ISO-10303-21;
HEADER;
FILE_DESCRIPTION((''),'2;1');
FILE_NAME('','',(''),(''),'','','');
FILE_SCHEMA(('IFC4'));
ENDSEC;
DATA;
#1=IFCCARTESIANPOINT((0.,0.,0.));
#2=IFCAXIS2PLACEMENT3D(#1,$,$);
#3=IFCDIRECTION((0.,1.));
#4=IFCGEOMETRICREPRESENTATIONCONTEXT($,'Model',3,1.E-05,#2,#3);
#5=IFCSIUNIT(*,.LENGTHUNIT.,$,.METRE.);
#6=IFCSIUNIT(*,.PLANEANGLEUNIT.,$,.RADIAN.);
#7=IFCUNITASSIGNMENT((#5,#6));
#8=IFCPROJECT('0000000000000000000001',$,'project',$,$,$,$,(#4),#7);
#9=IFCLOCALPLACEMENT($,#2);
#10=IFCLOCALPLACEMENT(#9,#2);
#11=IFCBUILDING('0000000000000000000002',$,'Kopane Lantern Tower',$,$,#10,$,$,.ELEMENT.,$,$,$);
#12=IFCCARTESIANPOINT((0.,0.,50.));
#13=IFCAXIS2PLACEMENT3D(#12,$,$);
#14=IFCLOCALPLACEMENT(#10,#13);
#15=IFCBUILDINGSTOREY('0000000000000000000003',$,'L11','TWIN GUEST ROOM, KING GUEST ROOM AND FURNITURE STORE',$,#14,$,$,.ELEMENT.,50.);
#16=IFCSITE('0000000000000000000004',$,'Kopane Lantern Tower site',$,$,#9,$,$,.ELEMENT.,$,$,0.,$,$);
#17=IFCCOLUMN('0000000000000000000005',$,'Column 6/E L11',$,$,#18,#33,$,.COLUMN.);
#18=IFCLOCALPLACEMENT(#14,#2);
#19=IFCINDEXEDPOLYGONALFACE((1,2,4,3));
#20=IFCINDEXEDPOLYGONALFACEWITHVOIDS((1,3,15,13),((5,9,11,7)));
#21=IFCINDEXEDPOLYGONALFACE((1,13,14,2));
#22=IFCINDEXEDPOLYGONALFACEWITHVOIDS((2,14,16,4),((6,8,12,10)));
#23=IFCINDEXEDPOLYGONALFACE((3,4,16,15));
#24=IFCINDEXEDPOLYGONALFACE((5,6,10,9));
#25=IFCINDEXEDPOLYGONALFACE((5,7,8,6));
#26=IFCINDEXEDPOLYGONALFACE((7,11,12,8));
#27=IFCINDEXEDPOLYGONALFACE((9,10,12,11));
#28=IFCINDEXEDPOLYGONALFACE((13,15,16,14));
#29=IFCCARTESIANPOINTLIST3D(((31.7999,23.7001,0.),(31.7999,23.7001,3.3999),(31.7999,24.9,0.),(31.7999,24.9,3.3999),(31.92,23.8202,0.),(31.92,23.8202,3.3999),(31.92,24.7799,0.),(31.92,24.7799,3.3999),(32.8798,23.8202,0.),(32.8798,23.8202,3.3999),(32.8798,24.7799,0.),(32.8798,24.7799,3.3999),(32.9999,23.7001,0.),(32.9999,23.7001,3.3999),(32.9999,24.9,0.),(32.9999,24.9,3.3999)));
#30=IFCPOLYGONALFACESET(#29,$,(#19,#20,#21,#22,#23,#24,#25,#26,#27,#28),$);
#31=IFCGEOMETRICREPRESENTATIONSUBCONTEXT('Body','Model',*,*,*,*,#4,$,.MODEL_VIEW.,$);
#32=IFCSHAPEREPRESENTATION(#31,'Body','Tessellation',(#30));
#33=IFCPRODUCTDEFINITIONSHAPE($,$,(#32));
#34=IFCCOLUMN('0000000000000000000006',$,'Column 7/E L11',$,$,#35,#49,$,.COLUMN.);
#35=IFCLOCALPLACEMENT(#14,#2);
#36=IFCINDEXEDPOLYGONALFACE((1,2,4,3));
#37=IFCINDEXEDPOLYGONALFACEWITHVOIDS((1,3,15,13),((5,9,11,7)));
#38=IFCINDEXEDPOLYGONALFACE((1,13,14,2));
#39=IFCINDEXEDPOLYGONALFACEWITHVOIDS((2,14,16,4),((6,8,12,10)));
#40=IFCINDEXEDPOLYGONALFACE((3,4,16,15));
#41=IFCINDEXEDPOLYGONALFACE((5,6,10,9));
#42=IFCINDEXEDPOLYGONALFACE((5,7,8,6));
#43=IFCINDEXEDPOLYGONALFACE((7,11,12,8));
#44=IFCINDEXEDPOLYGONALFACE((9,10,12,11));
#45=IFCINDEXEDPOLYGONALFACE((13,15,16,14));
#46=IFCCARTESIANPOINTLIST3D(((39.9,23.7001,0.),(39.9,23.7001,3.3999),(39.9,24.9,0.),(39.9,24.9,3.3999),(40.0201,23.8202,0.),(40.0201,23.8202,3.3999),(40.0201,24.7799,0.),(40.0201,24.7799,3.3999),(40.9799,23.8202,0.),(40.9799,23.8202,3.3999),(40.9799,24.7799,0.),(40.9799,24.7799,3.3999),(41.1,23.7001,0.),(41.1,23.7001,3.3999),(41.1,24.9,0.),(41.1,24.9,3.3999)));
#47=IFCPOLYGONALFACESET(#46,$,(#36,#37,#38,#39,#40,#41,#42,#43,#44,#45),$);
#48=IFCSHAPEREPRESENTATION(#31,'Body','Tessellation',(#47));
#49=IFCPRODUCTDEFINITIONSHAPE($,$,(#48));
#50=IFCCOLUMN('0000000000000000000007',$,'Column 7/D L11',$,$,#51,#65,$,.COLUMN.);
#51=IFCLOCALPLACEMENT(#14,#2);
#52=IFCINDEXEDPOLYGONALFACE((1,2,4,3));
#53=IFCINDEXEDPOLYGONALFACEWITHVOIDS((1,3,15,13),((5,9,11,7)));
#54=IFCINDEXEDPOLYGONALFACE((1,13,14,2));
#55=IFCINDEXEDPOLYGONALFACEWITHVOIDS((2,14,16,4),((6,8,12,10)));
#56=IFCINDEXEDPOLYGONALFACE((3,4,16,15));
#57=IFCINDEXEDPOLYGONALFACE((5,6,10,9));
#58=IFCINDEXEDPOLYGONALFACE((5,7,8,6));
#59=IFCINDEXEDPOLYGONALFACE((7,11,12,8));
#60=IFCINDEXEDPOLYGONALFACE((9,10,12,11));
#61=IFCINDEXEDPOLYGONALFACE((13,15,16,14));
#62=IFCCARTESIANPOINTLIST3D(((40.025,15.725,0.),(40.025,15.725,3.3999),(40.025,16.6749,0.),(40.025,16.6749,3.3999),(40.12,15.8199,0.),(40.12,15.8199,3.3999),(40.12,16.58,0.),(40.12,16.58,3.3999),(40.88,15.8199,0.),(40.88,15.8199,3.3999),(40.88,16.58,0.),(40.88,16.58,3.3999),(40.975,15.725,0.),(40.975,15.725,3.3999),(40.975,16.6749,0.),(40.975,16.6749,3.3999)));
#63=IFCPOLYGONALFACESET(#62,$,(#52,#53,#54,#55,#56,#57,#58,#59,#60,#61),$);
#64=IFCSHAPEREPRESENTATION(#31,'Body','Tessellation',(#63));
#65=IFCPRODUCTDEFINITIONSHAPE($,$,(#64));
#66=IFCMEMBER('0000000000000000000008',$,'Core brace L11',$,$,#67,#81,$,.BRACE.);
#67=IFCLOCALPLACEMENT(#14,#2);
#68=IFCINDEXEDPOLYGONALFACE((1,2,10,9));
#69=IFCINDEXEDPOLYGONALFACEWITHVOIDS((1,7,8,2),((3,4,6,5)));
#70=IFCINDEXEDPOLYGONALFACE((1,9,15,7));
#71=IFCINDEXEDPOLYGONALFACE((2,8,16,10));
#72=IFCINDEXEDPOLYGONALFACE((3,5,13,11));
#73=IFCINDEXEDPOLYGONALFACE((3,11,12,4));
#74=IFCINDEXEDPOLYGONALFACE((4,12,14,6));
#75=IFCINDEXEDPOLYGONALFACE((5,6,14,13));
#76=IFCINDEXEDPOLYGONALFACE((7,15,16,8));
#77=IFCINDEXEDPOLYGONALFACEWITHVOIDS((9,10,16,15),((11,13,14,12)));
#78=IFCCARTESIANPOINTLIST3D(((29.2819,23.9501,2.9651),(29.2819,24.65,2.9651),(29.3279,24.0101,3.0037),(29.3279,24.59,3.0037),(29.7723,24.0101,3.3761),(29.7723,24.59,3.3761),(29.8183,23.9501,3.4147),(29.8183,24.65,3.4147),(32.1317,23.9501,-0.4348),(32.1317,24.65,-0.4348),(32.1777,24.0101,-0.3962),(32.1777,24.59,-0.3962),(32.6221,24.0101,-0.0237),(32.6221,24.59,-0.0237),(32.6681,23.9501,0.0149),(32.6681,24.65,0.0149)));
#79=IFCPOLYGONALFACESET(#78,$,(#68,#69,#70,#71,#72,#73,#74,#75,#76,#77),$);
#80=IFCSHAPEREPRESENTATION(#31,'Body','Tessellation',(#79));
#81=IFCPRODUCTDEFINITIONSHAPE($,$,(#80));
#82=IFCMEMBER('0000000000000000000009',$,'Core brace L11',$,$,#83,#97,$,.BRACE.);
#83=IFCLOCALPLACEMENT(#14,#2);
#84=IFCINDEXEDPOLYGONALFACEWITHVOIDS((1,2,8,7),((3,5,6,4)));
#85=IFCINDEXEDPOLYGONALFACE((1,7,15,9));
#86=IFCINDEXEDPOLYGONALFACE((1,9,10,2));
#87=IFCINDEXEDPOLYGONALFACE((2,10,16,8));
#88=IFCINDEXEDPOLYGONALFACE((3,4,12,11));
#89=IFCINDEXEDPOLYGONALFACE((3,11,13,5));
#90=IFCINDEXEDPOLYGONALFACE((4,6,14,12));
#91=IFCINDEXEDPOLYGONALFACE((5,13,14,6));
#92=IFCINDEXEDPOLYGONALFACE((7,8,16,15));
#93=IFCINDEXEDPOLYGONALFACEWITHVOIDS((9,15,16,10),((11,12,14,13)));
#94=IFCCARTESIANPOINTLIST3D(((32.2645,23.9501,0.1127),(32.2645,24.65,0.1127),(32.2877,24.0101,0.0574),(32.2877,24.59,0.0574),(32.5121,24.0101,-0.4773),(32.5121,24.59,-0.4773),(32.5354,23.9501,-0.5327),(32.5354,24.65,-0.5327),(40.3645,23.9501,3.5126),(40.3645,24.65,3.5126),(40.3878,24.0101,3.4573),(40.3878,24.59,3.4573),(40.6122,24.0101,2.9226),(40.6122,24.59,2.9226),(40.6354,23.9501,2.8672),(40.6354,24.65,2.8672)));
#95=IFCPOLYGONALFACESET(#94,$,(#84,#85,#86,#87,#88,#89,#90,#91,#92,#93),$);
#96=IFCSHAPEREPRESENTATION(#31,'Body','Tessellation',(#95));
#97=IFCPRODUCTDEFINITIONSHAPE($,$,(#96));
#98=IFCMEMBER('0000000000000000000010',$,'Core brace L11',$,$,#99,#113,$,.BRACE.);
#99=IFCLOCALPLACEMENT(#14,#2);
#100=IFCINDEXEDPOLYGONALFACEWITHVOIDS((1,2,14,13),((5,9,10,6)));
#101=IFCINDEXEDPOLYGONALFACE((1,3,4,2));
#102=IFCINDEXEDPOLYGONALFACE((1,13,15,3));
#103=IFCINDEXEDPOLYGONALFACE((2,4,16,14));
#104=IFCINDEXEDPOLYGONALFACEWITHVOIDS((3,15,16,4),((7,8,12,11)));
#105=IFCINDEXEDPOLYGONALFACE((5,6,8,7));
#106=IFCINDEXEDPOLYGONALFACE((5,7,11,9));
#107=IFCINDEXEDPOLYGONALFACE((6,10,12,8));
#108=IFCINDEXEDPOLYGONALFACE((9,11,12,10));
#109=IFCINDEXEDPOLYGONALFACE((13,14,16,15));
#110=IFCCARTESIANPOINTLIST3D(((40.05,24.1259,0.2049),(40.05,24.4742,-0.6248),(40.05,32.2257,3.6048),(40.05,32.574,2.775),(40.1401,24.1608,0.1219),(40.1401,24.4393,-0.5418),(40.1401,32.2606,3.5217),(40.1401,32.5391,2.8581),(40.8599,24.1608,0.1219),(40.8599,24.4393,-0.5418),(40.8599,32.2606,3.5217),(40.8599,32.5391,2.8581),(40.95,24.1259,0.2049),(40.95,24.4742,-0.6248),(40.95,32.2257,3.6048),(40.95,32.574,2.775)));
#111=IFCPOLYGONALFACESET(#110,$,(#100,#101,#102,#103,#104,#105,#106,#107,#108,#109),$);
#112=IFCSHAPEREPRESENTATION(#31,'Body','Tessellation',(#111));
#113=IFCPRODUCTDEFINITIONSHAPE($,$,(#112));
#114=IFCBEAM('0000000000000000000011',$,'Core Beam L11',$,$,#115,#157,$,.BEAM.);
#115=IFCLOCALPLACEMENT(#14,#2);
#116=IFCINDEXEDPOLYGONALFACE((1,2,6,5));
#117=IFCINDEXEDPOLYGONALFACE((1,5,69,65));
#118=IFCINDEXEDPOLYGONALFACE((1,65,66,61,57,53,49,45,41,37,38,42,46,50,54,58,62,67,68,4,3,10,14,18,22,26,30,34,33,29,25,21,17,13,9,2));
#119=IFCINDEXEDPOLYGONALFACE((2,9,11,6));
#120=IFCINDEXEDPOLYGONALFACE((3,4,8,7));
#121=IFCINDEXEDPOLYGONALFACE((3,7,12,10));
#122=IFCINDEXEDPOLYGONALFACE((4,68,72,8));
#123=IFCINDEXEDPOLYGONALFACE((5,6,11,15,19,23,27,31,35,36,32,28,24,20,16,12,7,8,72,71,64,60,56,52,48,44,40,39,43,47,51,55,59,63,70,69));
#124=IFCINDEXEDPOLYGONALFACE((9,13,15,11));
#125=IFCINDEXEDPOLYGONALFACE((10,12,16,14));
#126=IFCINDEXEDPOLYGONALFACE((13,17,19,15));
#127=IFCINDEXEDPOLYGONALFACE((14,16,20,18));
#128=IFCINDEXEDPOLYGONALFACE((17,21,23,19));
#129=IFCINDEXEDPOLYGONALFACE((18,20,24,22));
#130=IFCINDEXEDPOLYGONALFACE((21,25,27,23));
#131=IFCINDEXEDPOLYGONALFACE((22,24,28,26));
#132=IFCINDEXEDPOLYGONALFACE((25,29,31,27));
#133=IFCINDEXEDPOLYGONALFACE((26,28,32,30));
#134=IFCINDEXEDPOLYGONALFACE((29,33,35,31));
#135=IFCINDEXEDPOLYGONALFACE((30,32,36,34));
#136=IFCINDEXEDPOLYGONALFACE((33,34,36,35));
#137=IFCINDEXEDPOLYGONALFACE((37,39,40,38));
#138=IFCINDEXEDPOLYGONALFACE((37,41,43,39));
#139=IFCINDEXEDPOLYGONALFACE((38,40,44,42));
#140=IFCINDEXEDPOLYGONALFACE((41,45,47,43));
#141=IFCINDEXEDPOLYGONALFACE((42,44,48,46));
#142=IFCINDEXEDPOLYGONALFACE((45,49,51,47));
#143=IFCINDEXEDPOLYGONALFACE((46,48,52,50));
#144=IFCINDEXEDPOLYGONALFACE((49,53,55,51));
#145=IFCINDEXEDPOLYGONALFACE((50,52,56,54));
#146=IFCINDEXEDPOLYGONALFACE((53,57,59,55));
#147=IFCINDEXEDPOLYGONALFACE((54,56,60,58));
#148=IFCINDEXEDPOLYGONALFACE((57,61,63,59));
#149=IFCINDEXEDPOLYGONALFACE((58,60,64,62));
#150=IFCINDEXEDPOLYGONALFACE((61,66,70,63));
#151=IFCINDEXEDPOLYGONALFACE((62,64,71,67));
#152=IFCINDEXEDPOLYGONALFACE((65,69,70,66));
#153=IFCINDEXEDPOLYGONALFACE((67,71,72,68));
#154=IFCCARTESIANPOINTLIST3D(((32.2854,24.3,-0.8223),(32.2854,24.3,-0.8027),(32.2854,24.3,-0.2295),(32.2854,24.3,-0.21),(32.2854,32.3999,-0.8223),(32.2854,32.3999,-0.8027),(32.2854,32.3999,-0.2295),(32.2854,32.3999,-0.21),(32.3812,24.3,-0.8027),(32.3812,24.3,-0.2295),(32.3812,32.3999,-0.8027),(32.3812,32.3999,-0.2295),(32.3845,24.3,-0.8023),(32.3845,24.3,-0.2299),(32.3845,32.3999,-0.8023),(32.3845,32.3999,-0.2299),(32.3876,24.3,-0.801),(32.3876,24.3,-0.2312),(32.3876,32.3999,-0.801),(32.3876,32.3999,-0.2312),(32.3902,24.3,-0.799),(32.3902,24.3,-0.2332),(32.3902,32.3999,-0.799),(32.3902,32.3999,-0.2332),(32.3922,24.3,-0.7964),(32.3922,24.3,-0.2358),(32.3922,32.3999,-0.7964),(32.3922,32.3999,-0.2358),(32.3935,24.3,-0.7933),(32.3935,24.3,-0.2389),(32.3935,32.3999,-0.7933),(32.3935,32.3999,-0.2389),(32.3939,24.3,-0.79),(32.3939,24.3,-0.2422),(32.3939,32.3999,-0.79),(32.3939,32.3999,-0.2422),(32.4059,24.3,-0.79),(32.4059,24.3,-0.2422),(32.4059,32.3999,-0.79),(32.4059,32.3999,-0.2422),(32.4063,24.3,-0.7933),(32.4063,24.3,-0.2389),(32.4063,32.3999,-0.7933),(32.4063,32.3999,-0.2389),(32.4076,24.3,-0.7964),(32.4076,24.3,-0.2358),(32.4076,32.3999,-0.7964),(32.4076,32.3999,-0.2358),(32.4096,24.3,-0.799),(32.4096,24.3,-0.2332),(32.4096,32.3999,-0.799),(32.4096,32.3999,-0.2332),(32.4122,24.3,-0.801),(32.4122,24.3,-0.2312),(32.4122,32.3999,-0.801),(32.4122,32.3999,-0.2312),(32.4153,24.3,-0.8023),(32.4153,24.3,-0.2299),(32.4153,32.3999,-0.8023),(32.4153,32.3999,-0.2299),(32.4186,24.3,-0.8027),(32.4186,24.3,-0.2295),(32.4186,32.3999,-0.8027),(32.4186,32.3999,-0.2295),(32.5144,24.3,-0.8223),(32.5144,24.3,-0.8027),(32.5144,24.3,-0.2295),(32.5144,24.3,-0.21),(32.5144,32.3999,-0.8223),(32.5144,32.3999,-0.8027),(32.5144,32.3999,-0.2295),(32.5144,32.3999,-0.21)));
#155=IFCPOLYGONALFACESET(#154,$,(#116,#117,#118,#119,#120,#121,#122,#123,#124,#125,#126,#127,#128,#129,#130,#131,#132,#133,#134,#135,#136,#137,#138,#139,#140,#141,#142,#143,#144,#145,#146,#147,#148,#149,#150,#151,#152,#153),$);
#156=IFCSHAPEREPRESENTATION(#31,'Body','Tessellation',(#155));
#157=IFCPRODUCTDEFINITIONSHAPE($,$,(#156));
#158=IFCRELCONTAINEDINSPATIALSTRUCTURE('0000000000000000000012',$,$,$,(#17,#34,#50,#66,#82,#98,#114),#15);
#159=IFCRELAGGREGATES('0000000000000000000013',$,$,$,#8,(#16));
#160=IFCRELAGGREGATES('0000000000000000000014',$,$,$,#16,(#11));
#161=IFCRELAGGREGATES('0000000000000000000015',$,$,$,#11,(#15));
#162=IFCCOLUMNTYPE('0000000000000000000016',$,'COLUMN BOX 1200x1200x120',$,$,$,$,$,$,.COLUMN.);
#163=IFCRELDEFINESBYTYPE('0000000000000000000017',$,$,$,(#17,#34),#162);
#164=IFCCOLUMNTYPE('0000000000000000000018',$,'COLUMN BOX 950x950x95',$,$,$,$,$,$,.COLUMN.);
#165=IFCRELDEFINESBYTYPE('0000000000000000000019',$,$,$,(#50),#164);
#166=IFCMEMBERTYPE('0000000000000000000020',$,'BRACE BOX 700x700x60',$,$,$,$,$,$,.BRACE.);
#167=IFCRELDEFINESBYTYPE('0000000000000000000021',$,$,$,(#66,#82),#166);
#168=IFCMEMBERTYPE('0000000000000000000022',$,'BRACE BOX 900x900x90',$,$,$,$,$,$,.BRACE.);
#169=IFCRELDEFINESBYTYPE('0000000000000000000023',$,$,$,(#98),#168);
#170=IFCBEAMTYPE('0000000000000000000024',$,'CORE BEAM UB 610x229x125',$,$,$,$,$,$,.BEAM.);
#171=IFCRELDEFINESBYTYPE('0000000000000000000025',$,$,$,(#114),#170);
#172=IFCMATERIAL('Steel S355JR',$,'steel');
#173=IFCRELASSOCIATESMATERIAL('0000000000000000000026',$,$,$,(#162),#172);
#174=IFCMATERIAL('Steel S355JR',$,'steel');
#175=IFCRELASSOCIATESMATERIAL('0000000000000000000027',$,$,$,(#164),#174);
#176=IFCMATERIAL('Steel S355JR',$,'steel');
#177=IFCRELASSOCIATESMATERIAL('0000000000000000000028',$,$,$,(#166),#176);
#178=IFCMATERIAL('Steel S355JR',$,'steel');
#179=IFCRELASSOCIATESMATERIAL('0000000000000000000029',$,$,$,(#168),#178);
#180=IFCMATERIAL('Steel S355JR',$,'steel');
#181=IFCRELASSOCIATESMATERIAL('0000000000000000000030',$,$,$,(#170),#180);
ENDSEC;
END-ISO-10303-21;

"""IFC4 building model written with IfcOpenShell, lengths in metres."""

from ifc_helpers import new_model, si_unit, direction, frame, origin, origin_2d, place, context, subcontext, project, spatial, hollow_rectangle, i_section, extrude, material, material_profile, profile_set, type_object, element, save


model = new_model("IFC4")

# Units and contexts
model_context = context("Model", 3, precision=1e-05, world=origin(), true_north=direction((0.0, 1.0)))
body_context = subcontext(model_context, "Body", "Model", "MODEL_VIEW")
ifc_project = project(units=[si_unit("LENGTHUNIT", "METRE"), si_unit("PLANEANGLEUNIT", "RADIAN")], contexts=[model_context])

# Site, building, storey
site_placement = place(None, origin())
site = spatial("IfcSite", under=ifc_project, at=site_placement, Name="Kopane Lantern Tower site", CompositionType="ELEMENT", RefElevation=0.0)
building_placement = place(site_placement, origin())
building = spatial("IfcBuilding", under=site, at=building_placement, Name="Kopane Lantern Tower", CompositionType="ELEMENT")
storey_placement = place(building_placement, frame((0.0, 0.0, 50.0)))
storey = spatial("IfcBuildingStorey", under=building, at=storey_placement, Name="L11", Description="TWIN GUEST ROOM, KING GUEST ROOM AND FURNITURE STORE", CompositionType="ELEMENT", Elevation=50.0)

# Columns
ifc_material_1 = material(Name="Steel S355JR", Category="steel")
ifc_material_profile_1 = material_profile(ifc_material_1, hollow_rectangle(XDim=1.2, YDim=1.2, WallThickness=0.1201, at=origin_2d()), Name="BOX 1200x1200x120")
ifc_profile_set_1 = profile_set([ifc_material_profile_1], Name="Steel S355JR")
column_type_1 = type_object("IfcColumnType", Name="COLUMN BOX 1200x1200x120", PredefinedType="COLUMN", material=ifc_profile_set_1)
for number, where, z_axis, x_axis, name in (
    (1, (32.3999, 24.3, 0.0), (0.0, 0.0, 1.0), (1.0, 0.0, 0.0), "Column 6/E L11"),
    (2, (40.5, 24.3, 0.0), (0.0, 0.0, 1.0), (1.0, 0.0, 0.0), "Column 7/E L11"),
):
    element("IfcColumn", number, at=place(storey_placement, frame(where, z_axis=z_axis, x_axis=x_axis)), inside=storey, type_object=column_type_1, Name=name, PredefinedType="COLUMN", context=body_context, shape_type="SweptSolid", body=[
        extrude(hollow_rectangle(XDim=1.2, YDim=1.2, WallThickness=0.1201, at=origin_2d()), origin(), (0.0, 0.0, 1.0), 3.3999),
    ])
ifc_material_2 = material(Name="Steel S355JR", Category="steel")
ifc_material_profile_2 = material_profile(ifc_material_2, hollow_rectangle(XDim=0.95, YDim=0.95, WallThickness=0.095, at=origin_2d()), Name="BOX 950x950x95")
ifc_profile_set_2 = profile_set([ifc_material_profile_2], Name="Steel S355JR")
column_type_2 = type_object("IfcColumnType", Name="COLUMN BOX 950x950x95", PredefinedType="COLUMN", material=ifc_profile_set_2)
column_placement = place(storey_placement, frame((40.5, 16.2, 0.0), z_axis=(0.0, 0.0, 1.0), x_axis=(1.0, 0.0, 0.0)))
element("IfcColumn", 3, at=column_placement, inside=storey, type_object=column_type_2, Name="Column 7/D L11", PredefinedType="COLUMN", context=body_context, shape_type="SweptSolid", body=[
    extrude(hollow_rectangle(XDim=0.95, YDim=0.95, WallThickness=0.095, at=origin_2d()), origin(), (0.0, 0.0, 1.0), 3.3999),
])

# Members
ifc_material_3 = material(Name="Steel S355JR", Category="steel")
ifc_material_profile_3 = material_profile(ifc_material_3, hollow_rectangle(XDim=0.7, YDim=0.7, WallThickness=0.0601, at=origin_2d()), Name="BOX 700x700x60")
ifc_profile_set_3 = profile_set([ifc_material_profile_3], Name="Steel S355JR")
member_type_1 = type_object("IfcMemberType", Name="BRACE BOX 700x700x60", PredefinedType="BRACE", material=ifc_profile_set_3)
member_1_placement = place(storey_placement, frame((32.3999, 24.3, -0.21), z_axis=(-0.64239, 0.0, 0.766378), x_axis=(0.0, -1.0, 0.0)))
element("IfcMember", 4, at=member_1_placement, inside=storey, type_object=member_type_1, Name="Core brace L11", PredefinedType="BRACE", context=body_context, shape_type="SweptSolid", body=[
    extrude(hollow_rectangle(XDim=0.7, YDim=0.7, WallThickness=0.0601, at=origin_2d()), origin(), (0.0, 0.0, 1.0), 4.4363),
])
member_2_placement = place(storey_placement, frame((32.3999, 24.3, -0.21), z_axis=(0.922069, 0.0, 0.387026), x_axis=(0.0, 1.0, 0.0)))
element("IfcMember", 5, at=member_2_placement, inside=storey, type_object=member_type_1, Name="Core brace L11", PredefinedType="BRACE", context=body_context, shape_type="SweptSolid", body=[
    extrude(hollow_rectangle(XDim=0.7, YDim=0.7, WallThickness=0.0601, at=origin_2d()), origin(), (0.0, 0.0, 1.0), 8.7847),
])
ifc_material_4 = material(Name="Steel S355JR", Category="steel")
ifc_material_profile_4 = material_profile(ifc_material_4, hollow_rectangle(XDim=0.8999, YDim=0.8999, WallThickness=0.0901, at=origin_2d()), Name="BOX 900x900x90")
ifc_profile_set_4 = profile_set([ifc_material_profile_4], Name="Steel S355JR")
member_type_2 = type_object("IfcMemberType", Name="BRACE BOX 900x900x90", PredefinedType="BRACE", material=ifc_profile_set_4)
member_3_placement = place(storey_placement, frame((40.5, 24.3, -0.21), z_axis=(0.0, 0.922065, 0.387035), x_axis=(-1.0, 0.0, 0.0)))
element("IfcMember", 6, at=member_3_placement, inside=storey, type_object=member_type_2, Name="Core brace L11", PredefinedType="BRACE", context=body_context, shape_type="SweptSolid", body=[
    extrude(hollow_rectangle(XDim=0.8999, YDim=0.8999, WallThickness=0.0901, at=origin_2d()), origin(), (0.0, 0.0, 1.0), 8.7844),
])

# Beam
ifc_material_5 = material(Name="Steel S355JR", Category="steel")
ifc_material_profile_5 = material_profile(ifc_material_5, i_section(OverallWidth=0.229, OverallDepth=0.6123, WebThickness=0.012, FlangeThickness=0.0195, FilletRadius=0.0127, at=origin_2d()), Name="UB 610x229x125")
ifc_profile_set_5 = profile_set([ifc_material_profile_5], Name="Steel S355JR")
beam_type_1 = type_object("IfcBeamType", Name="CORE BEAM UB 610x229x125", PredefinedType="BEAM", material=ifc_profile_set_5)
beam_1_placement = place(storey_placement, frame((32.3999, 24.3, -0.5161), z_axis=(0.0, 1.0, 0.0), x_axis=(-1.0, 0.0, 0.0)))
element("IfcBeam", 7, at=beam_1_placement, inside=storey, type_object=beam_type_1, Name="Core Beam L11", PredefinedType="BEAM", context=body_context, shape_type="SweptSolid", body=[
    extrude(i_section(OverallWidth=0.229, OverallDepth=0.6123, WebThickness=0.012, FlangeThickness=0.0195, FilletRadius=0.0127, at=origin_2d()), origin(), (0.0, 0.0, 1.0), 8.0999),
])

save(model, "model.ifc")
